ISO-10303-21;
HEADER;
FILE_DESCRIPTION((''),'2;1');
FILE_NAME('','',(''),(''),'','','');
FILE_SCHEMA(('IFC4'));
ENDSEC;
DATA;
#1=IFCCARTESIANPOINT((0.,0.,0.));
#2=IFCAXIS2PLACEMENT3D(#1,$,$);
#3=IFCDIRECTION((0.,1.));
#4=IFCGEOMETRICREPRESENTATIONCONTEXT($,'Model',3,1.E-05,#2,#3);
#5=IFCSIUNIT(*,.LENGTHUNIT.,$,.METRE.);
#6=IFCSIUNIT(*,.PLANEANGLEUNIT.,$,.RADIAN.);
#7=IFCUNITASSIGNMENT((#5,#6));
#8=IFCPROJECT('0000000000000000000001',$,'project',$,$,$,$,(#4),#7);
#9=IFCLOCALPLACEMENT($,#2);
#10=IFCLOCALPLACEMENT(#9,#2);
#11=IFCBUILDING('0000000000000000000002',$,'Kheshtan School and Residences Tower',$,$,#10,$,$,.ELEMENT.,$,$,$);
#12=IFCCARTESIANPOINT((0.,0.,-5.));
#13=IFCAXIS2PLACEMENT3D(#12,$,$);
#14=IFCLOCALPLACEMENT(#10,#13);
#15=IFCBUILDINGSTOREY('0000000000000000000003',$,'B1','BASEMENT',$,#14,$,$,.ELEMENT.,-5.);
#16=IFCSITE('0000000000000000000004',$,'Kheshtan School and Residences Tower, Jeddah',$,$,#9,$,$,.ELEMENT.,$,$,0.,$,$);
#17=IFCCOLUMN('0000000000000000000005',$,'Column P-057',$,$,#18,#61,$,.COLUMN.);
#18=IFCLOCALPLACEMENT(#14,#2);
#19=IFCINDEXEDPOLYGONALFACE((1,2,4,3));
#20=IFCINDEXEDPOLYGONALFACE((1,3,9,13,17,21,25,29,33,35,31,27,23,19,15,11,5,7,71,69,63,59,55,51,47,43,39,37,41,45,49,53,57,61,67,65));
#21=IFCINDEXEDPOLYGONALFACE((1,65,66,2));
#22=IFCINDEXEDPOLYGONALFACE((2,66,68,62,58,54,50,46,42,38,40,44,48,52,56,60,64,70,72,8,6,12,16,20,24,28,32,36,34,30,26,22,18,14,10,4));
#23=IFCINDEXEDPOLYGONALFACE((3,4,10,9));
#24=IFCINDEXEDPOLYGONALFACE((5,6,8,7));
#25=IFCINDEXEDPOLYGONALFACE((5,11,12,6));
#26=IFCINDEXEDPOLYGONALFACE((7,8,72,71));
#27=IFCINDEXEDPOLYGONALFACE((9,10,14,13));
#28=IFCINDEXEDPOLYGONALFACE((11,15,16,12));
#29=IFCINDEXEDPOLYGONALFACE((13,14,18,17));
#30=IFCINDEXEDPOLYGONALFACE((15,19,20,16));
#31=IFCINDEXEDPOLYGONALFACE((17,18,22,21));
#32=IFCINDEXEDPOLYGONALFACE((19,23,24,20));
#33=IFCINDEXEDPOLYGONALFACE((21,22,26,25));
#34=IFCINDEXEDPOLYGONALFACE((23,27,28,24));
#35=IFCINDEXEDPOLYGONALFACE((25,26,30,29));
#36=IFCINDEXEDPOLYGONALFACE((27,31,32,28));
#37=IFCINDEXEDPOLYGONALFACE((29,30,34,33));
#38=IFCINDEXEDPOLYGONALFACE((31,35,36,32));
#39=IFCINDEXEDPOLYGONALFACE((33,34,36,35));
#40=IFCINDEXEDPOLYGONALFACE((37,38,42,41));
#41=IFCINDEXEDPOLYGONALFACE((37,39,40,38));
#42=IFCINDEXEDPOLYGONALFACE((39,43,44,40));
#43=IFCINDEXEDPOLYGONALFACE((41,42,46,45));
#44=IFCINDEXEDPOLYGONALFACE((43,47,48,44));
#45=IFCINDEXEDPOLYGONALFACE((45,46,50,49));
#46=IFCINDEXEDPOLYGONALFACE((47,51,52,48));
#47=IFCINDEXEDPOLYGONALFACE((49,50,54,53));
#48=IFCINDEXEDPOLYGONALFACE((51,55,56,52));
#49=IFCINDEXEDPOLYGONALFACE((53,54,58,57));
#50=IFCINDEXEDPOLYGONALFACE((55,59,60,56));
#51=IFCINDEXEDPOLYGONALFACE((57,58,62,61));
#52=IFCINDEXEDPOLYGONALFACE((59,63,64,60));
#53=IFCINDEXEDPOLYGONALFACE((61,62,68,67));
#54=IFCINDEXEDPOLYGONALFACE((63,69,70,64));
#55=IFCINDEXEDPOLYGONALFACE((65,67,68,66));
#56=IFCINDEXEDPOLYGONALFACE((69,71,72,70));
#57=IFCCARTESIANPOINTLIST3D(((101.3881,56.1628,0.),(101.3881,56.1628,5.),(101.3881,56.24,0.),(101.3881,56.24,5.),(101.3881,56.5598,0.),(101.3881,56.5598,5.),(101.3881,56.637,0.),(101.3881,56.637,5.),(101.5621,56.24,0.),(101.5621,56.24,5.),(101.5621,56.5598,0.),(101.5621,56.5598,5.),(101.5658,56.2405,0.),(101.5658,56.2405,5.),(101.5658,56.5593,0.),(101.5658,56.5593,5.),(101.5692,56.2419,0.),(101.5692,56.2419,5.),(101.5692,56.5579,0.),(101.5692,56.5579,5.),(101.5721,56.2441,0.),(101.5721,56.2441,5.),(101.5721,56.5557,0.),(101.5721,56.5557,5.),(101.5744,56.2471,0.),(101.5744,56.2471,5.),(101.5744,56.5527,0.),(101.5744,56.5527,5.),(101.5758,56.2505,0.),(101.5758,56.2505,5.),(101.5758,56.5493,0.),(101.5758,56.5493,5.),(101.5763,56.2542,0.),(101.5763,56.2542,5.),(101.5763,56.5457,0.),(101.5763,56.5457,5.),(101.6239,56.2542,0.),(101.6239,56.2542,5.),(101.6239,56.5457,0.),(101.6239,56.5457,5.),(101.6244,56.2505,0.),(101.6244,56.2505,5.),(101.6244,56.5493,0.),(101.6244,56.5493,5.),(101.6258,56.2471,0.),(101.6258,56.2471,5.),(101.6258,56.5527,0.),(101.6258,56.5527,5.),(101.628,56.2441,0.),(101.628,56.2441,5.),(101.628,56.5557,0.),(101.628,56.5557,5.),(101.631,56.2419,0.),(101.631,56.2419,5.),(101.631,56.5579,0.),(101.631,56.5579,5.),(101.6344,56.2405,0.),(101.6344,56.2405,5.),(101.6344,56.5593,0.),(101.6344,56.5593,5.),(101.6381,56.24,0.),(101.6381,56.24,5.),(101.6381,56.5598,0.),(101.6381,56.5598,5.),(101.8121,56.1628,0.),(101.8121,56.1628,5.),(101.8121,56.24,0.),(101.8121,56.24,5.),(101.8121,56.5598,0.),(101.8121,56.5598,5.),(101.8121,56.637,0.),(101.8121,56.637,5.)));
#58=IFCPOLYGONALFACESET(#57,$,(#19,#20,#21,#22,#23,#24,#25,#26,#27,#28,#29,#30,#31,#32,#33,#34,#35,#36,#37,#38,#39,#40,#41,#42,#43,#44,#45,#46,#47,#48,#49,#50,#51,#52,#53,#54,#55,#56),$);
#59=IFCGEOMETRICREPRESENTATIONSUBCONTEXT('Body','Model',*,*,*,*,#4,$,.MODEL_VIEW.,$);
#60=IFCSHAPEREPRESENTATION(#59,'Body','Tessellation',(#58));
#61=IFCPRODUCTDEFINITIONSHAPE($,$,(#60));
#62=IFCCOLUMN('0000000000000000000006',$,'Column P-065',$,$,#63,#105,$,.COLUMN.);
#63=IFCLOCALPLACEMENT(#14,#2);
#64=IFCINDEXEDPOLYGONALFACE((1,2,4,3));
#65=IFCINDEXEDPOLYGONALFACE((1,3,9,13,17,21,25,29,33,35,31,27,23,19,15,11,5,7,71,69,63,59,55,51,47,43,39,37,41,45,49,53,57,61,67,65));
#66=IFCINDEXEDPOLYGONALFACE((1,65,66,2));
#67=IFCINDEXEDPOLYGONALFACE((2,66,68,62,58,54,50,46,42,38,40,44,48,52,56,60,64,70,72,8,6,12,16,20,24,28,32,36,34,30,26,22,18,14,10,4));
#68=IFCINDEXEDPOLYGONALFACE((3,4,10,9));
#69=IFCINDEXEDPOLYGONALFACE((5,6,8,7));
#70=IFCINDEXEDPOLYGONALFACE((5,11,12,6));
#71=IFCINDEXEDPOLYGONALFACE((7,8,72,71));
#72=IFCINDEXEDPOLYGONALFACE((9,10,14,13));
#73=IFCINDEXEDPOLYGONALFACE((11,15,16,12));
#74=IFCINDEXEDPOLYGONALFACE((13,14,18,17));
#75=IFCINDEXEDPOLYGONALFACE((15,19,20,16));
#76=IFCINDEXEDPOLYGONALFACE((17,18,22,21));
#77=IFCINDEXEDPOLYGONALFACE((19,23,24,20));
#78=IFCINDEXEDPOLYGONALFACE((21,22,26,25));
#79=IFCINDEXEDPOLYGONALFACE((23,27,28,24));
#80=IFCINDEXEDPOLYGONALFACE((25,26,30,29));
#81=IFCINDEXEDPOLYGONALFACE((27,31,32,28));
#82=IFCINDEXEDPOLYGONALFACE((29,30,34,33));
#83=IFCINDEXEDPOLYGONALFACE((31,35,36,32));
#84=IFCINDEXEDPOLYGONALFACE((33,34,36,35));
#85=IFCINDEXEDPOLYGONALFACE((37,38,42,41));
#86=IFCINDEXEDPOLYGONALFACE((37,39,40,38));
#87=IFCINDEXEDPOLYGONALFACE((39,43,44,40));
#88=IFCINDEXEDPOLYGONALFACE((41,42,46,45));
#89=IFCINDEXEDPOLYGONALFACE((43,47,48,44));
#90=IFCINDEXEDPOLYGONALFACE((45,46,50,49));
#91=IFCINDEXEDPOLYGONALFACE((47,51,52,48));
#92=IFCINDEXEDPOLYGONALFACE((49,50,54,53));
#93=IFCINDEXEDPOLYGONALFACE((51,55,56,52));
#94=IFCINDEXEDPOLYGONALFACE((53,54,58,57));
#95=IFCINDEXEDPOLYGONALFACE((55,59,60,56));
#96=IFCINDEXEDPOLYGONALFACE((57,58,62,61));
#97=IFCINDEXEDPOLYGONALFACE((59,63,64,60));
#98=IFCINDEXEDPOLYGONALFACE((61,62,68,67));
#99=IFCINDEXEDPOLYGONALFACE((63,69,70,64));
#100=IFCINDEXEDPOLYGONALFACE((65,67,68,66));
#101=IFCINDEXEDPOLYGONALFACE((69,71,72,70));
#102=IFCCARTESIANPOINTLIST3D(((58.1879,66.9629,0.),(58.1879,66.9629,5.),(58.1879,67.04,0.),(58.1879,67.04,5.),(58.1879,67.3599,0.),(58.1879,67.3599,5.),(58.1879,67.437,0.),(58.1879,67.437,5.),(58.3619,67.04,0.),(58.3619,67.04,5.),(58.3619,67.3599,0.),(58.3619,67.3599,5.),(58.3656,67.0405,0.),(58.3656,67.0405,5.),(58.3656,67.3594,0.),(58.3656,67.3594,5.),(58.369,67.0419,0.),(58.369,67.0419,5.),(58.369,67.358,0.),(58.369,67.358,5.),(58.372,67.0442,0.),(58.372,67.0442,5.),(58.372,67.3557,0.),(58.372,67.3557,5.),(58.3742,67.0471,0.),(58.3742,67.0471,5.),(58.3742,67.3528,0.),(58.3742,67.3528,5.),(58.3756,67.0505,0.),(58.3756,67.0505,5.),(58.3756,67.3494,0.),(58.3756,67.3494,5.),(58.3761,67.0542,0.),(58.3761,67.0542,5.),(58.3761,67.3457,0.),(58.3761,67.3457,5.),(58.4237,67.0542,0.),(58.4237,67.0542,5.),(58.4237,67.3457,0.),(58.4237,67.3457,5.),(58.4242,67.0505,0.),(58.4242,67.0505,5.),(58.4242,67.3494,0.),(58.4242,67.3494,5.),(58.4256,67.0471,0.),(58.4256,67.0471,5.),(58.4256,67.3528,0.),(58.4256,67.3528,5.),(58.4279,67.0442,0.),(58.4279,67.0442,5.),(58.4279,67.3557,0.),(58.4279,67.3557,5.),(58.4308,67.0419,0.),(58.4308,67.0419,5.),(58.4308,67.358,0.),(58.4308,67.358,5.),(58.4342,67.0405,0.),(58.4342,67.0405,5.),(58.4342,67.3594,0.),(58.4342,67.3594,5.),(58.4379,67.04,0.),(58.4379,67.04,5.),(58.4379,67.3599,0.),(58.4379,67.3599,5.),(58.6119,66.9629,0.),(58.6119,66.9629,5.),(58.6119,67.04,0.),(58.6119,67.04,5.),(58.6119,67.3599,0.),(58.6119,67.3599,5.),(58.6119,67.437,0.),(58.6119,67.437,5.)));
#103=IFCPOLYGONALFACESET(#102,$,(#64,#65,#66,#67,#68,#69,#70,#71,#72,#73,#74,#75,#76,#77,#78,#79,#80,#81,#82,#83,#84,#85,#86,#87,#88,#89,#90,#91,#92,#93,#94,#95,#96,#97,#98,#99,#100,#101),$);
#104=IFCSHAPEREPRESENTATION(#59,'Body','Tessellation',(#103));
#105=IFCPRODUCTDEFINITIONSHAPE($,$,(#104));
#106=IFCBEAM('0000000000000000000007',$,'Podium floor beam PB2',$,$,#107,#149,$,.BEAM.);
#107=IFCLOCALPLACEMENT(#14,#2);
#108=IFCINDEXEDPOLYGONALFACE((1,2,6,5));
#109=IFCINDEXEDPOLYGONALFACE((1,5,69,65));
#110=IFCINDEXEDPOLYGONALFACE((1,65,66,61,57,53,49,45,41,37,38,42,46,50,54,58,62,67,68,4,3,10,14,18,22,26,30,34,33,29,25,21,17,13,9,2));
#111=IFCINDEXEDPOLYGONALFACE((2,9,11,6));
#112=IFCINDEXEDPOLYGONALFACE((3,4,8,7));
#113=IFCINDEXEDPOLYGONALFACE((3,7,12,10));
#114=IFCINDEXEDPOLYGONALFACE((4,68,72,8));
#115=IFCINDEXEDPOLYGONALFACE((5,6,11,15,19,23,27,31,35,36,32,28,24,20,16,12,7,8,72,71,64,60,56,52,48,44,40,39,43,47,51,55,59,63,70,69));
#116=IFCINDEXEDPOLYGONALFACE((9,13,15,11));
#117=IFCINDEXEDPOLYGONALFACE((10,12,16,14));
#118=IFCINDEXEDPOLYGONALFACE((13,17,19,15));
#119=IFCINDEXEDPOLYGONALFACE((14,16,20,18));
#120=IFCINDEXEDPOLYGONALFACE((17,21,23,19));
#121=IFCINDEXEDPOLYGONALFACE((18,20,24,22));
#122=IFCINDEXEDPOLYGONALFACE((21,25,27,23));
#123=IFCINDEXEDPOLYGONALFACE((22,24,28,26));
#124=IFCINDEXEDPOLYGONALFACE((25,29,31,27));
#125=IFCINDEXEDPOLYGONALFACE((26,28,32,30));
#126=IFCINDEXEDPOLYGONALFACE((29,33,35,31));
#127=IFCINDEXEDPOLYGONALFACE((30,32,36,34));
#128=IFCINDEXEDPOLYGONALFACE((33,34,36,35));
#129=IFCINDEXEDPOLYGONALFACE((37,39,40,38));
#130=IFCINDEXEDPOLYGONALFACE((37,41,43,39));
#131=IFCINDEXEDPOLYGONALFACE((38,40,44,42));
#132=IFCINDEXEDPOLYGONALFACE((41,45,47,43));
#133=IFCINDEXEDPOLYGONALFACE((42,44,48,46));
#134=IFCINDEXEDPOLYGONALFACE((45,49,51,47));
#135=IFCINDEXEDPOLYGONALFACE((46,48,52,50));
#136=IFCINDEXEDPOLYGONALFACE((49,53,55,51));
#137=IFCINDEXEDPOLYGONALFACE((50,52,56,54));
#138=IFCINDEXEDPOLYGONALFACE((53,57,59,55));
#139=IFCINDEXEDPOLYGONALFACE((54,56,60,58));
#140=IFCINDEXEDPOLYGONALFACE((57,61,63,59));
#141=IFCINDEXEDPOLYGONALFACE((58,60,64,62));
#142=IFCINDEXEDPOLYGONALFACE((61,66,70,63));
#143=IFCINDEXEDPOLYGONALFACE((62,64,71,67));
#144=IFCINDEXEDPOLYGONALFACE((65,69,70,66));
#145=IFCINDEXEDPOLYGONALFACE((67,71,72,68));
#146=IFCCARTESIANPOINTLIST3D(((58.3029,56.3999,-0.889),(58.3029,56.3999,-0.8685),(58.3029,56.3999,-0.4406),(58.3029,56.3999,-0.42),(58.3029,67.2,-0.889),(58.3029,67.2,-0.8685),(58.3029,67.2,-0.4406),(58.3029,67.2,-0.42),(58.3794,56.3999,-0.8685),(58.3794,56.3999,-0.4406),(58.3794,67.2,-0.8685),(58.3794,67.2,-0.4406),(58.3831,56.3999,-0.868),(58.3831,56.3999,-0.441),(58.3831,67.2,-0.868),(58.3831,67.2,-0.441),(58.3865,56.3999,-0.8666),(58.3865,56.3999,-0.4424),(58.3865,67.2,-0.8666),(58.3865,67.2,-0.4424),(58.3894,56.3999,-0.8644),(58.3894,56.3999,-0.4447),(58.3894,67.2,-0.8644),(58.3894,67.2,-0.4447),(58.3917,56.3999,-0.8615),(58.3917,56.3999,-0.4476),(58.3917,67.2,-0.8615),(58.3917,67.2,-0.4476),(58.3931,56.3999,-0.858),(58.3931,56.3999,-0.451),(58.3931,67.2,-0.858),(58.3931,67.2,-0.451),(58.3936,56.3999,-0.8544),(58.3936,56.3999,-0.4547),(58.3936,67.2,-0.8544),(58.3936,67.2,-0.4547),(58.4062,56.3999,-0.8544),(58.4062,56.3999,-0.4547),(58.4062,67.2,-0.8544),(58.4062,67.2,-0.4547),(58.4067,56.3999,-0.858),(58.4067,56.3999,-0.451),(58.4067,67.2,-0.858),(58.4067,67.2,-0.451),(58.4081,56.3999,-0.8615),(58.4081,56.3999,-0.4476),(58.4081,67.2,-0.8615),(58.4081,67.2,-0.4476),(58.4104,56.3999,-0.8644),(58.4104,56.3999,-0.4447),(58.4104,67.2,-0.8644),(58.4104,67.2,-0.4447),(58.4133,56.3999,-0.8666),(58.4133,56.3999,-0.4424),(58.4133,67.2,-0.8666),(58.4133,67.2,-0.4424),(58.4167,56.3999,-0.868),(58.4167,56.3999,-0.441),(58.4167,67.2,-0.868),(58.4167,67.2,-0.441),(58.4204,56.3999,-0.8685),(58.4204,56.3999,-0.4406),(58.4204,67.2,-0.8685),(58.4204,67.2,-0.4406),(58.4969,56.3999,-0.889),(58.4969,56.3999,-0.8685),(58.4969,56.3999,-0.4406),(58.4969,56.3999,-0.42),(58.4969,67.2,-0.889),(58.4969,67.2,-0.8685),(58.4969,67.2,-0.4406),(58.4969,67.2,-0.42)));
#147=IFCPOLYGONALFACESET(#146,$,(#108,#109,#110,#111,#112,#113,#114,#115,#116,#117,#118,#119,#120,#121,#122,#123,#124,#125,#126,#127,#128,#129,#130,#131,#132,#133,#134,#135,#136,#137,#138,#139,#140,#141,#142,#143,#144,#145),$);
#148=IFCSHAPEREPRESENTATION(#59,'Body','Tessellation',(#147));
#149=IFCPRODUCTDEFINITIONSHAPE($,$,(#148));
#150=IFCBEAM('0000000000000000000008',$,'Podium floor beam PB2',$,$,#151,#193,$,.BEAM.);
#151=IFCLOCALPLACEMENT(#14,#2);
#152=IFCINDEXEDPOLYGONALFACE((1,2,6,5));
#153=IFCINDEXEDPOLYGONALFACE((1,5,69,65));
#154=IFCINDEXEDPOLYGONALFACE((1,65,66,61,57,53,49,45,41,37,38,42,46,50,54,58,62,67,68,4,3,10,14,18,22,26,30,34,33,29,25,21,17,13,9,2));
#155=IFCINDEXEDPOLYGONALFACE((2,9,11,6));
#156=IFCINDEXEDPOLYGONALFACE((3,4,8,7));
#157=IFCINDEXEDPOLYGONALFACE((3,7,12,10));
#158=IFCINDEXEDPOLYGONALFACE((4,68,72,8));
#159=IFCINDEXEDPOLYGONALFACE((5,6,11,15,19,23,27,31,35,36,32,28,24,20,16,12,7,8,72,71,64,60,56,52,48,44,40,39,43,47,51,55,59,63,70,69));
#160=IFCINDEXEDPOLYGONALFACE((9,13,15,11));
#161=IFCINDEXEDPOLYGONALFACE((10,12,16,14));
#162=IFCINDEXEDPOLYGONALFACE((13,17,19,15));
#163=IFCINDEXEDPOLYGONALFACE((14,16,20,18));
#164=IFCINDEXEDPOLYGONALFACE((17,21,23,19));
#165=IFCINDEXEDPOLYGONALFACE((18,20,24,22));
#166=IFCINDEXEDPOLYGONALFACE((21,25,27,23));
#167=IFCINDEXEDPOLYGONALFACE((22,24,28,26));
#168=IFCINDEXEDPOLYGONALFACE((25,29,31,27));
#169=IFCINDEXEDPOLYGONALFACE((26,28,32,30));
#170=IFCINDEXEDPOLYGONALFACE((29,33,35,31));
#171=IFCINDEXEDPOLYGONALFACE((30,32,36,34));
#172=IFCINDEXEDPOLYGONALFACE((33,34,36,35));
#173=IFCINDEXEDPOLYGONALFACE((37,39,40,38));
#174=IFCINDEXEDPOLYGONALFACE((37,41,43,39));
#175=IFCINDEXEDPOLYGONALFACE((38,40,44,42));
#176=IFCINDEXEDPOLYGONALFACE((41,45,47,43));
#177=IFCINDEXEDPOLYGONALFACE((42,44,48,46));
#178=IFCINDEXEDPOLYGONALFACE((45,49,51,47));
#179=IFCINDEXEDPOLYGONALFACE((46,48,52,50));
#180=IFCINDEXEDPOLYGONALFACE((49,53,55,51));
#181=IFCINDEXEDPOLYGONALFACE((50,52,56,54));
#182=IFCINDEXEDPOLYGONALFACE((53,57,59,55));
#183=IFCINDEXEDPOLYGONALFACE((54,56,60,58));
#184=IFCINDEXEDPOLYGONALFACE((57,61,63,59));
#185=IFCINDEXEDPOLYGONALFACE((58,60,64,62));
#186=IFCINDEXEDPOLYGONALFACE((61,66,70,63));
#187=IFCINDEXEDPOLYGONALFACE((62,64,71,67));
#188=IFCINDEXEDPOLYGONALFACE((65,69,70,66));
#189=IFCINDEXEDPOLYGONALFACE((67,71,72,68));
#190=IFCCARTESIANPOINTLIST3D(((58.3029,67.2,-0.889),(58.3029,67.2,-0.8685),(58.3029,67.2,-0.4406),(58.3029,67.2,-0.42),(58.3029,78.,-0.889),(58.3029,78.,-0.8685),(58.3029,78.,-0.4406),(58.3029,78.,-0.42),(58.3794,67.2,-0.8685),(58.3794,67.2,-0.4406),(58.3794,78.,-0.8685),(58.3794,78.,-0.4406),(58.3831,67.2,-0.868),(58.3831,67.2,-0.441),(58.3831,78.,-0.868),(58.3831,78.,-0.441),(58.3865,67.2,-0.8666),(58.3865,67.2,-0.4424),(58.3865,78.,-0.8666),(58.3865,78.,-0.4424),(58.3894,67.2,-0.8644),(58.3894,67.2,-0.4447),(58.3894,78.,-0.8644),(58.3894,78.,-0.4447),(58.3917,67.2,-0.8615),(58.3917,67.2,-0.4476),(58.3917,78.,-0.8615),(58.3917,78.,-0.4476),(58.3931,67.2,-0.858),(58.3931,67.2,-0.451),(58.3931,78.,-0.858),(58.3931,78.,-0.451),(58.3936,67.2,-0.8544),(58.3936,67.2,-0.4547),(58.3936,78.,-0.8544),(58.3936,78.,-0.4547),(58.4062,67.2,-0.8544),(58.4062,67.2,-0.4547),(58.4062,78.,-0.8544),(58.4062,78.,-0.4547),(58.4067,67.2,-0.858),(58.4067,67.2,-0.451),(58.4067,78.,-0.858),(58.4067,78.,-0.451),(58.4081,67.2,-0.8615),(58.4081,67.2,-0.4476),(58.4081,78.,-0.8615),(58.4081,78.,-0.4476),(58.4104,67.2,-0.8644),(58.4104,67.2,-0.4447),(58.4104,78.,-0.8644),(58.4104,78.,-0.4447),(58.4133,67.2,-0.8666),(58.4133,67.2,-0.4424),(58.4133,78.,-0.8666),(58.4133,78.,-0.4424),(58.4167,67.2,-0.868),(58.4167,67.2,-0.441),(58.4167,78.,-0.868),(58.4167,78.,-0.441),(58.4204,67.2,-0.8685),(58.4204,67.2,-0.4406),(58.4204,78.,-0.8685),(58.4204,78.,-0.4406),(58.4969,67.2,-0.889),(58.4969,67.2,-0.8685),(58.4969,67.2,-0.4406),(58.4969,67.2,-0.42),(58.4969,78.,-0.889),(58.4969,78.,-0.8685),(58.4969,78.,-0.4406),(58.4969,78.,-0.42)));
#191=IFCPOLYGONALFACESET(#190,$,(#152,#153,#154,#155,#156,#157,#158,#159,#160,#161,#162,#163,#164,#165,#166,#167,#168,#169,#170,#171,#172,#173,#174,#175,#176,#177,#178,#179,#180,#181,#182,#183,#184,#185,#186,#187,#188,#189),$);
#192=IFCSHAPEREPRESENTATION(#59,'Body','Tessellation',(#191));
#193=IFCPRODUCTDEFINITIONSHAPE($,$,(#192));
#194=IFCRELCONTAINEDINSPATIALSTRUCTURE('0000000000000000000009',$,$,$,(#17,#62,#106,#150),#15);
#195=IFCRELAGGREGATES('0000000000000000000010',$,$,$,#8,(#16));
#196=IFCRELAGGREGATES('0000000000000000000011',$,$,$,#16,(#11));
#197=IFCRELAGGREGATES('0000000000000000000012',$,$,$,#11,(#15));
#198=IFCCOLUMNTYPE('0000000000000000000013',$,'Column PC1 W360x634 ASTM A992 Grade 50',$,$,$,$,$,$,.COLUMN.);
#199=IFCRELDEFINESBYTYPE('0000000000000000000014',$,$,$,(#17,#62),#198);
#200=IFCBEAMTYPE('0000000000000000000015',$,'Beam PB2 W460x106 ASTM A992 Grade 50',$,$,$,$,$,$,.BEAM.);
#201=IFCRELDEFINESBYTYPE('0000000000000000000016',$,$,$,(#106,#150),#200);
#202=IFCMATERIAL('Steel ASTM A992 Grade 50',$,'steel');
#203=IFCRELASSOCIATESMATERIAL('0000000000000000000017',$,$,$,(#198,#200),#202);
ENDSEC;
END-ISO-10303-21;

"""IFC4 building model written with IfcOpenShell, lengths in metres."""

from ifc_helpers import new_model, si_unit, direction, frame, origin, origin_2d, place, context, subcontext, project, spatial, i_section, extrude, material, material_profile, profile_set, type_object, element, save


model = new_model("IFC4")

# Units and contexts
model_context = context("Model", 3, precision=1e-05, world=origin(), true_north=direction((0.0, 1.0)))
body_context = subcontext(model_context, "Body", "Model", "MODEL_VIEW")
ifc_project = project(units=[si_unit("LENGTHUNIT", "METRE"), si_unit("PLANEANGLEUNIT", "RADIAN")], contexts=[model_context])

# Site, building, storey
site_placement = place(None, origin())
site = spatial("IfcSite", under=ifc_project, at=site_placement, Name="Kheshtan School and Residences Tower, Jeddah", CompositionType="ELEMENT", RefElevation=0.0)
building_placement = place(site_placement, origin())
building = spatial("IfcBuilding", under=site, at=building_placement, Name="Kheshtan School and Residences Tower", CompositionType="ELEMENT")
storey_placement = place(building_placement, frame((0.0, 0.0, -5.0)))
storey = spatial("IfcBuildingStorey", under=building, at=storey_placement, Name="B1", Description="BASEMENT", CompositionType="ELEMENT", Elevation=-5.0)

# Columns
ifc_material_1 = material(Name="Steel ASTM A992 Grade 50", Category="steel")
ifc_material_profile_1 = material_profile(ifc_material_1, i_section(OverallWidth=0.4241, OverallDepth=0.4741, WebThickness=0.0476, FlangeThickness=0.0771, FilletRadius=0.0142, at=origin_2d()), Name="W360x634")
ifc_profile_set_1 = profile_set([ifc_material_profile_1], Name="Steel ASTM A992 Grade 50")
column_type = type_object("IfcColumnType", Name="Column PC1 W360x634 ASTM A992 Grade 50", PredefinedType="COLUMN", material=ifc_profile_set_1)
for number, where, z_axis, x_axis, name in (
    (1, (101.6001, 56.3999, 0.0), (0.0, 0.0, 1.0), (1.0, 0.0, 0.0), "Column P-057"),
    (2, (58.3999, 67.2, 0.0), (0.0, 0.0, 1.0), (1.0, 0.0, 0.0), "Column P-065"),
):
    element("IfcColumn", number, at=place(storey_placement, frame(where, z_axis=z_axis, x_axis=x_axis)), inside=storey, type_object=column_type, Name=name, PredefinedType="COLUMN", context=body_context, shape_type="SweptSolid", body=[
        extrude(i_section(OverallWidth=0.4241, OverallDepth=0.4741, WebThickness=0.0476, FlangeThickness=0.0771, FilletRadius=0.0142, at=origin_2d()), origin(), (0.0, 0.0, 1.0), 5.0),
    ])

# Beams
ifc_material_profile_2 = material_profile(ifc_material_1, i_section(OverallWidth=0.1941, OverallDepth=0.469, WebThickness=0.0127, FlangeThickness=0.0205, FilletRadius=0.0142, at=origin_2d()), Name="W460x106")
ifc_profile_set_2 = profile_set([ifc_material_profile_2], Name="Steel ASTM A992 Grade 50")
beam_type = type_object("IfcBeamType", Name="Beam PB2 W460x106 ASTM A992 Grade 50", PredefinedType="BEAM", material=ifc_profile_set_2)
for number, where, z_axis, x_axis, name in (
    (3, (58.3999, 56.3999, -0.6545), (0.0, 1.0, 0.0), (-1.0, 0.0, 0.0), "Podium floor beam PB2"),
    (4, (58.3999, 67.2, -0.6545), (0.0, 1.0, 0.0), (-1.0, 0.0, 0.0), "Podium floor beam PB2"),
):
    element("IfcBeam", number, at=place(storey_placement, frame(where, z_axis=z_axis, x_axis=x_axis)), inside=storey, type_object=beam_type, Name=name, PredefinedType="BEAM", context=body_context, shape_type="SweptSolid", body=[
        extrude(i_section(OverallWidth=0.1941, OverallDepth=0.469, WebThickness=0.0127, FlangeThickness=0.0205, FilletRadius=0.0142, at=origin_2d()), origin(), (0.0, 0.0, 1.0), 10.8),
    ])

save(model, "model.ifc")
